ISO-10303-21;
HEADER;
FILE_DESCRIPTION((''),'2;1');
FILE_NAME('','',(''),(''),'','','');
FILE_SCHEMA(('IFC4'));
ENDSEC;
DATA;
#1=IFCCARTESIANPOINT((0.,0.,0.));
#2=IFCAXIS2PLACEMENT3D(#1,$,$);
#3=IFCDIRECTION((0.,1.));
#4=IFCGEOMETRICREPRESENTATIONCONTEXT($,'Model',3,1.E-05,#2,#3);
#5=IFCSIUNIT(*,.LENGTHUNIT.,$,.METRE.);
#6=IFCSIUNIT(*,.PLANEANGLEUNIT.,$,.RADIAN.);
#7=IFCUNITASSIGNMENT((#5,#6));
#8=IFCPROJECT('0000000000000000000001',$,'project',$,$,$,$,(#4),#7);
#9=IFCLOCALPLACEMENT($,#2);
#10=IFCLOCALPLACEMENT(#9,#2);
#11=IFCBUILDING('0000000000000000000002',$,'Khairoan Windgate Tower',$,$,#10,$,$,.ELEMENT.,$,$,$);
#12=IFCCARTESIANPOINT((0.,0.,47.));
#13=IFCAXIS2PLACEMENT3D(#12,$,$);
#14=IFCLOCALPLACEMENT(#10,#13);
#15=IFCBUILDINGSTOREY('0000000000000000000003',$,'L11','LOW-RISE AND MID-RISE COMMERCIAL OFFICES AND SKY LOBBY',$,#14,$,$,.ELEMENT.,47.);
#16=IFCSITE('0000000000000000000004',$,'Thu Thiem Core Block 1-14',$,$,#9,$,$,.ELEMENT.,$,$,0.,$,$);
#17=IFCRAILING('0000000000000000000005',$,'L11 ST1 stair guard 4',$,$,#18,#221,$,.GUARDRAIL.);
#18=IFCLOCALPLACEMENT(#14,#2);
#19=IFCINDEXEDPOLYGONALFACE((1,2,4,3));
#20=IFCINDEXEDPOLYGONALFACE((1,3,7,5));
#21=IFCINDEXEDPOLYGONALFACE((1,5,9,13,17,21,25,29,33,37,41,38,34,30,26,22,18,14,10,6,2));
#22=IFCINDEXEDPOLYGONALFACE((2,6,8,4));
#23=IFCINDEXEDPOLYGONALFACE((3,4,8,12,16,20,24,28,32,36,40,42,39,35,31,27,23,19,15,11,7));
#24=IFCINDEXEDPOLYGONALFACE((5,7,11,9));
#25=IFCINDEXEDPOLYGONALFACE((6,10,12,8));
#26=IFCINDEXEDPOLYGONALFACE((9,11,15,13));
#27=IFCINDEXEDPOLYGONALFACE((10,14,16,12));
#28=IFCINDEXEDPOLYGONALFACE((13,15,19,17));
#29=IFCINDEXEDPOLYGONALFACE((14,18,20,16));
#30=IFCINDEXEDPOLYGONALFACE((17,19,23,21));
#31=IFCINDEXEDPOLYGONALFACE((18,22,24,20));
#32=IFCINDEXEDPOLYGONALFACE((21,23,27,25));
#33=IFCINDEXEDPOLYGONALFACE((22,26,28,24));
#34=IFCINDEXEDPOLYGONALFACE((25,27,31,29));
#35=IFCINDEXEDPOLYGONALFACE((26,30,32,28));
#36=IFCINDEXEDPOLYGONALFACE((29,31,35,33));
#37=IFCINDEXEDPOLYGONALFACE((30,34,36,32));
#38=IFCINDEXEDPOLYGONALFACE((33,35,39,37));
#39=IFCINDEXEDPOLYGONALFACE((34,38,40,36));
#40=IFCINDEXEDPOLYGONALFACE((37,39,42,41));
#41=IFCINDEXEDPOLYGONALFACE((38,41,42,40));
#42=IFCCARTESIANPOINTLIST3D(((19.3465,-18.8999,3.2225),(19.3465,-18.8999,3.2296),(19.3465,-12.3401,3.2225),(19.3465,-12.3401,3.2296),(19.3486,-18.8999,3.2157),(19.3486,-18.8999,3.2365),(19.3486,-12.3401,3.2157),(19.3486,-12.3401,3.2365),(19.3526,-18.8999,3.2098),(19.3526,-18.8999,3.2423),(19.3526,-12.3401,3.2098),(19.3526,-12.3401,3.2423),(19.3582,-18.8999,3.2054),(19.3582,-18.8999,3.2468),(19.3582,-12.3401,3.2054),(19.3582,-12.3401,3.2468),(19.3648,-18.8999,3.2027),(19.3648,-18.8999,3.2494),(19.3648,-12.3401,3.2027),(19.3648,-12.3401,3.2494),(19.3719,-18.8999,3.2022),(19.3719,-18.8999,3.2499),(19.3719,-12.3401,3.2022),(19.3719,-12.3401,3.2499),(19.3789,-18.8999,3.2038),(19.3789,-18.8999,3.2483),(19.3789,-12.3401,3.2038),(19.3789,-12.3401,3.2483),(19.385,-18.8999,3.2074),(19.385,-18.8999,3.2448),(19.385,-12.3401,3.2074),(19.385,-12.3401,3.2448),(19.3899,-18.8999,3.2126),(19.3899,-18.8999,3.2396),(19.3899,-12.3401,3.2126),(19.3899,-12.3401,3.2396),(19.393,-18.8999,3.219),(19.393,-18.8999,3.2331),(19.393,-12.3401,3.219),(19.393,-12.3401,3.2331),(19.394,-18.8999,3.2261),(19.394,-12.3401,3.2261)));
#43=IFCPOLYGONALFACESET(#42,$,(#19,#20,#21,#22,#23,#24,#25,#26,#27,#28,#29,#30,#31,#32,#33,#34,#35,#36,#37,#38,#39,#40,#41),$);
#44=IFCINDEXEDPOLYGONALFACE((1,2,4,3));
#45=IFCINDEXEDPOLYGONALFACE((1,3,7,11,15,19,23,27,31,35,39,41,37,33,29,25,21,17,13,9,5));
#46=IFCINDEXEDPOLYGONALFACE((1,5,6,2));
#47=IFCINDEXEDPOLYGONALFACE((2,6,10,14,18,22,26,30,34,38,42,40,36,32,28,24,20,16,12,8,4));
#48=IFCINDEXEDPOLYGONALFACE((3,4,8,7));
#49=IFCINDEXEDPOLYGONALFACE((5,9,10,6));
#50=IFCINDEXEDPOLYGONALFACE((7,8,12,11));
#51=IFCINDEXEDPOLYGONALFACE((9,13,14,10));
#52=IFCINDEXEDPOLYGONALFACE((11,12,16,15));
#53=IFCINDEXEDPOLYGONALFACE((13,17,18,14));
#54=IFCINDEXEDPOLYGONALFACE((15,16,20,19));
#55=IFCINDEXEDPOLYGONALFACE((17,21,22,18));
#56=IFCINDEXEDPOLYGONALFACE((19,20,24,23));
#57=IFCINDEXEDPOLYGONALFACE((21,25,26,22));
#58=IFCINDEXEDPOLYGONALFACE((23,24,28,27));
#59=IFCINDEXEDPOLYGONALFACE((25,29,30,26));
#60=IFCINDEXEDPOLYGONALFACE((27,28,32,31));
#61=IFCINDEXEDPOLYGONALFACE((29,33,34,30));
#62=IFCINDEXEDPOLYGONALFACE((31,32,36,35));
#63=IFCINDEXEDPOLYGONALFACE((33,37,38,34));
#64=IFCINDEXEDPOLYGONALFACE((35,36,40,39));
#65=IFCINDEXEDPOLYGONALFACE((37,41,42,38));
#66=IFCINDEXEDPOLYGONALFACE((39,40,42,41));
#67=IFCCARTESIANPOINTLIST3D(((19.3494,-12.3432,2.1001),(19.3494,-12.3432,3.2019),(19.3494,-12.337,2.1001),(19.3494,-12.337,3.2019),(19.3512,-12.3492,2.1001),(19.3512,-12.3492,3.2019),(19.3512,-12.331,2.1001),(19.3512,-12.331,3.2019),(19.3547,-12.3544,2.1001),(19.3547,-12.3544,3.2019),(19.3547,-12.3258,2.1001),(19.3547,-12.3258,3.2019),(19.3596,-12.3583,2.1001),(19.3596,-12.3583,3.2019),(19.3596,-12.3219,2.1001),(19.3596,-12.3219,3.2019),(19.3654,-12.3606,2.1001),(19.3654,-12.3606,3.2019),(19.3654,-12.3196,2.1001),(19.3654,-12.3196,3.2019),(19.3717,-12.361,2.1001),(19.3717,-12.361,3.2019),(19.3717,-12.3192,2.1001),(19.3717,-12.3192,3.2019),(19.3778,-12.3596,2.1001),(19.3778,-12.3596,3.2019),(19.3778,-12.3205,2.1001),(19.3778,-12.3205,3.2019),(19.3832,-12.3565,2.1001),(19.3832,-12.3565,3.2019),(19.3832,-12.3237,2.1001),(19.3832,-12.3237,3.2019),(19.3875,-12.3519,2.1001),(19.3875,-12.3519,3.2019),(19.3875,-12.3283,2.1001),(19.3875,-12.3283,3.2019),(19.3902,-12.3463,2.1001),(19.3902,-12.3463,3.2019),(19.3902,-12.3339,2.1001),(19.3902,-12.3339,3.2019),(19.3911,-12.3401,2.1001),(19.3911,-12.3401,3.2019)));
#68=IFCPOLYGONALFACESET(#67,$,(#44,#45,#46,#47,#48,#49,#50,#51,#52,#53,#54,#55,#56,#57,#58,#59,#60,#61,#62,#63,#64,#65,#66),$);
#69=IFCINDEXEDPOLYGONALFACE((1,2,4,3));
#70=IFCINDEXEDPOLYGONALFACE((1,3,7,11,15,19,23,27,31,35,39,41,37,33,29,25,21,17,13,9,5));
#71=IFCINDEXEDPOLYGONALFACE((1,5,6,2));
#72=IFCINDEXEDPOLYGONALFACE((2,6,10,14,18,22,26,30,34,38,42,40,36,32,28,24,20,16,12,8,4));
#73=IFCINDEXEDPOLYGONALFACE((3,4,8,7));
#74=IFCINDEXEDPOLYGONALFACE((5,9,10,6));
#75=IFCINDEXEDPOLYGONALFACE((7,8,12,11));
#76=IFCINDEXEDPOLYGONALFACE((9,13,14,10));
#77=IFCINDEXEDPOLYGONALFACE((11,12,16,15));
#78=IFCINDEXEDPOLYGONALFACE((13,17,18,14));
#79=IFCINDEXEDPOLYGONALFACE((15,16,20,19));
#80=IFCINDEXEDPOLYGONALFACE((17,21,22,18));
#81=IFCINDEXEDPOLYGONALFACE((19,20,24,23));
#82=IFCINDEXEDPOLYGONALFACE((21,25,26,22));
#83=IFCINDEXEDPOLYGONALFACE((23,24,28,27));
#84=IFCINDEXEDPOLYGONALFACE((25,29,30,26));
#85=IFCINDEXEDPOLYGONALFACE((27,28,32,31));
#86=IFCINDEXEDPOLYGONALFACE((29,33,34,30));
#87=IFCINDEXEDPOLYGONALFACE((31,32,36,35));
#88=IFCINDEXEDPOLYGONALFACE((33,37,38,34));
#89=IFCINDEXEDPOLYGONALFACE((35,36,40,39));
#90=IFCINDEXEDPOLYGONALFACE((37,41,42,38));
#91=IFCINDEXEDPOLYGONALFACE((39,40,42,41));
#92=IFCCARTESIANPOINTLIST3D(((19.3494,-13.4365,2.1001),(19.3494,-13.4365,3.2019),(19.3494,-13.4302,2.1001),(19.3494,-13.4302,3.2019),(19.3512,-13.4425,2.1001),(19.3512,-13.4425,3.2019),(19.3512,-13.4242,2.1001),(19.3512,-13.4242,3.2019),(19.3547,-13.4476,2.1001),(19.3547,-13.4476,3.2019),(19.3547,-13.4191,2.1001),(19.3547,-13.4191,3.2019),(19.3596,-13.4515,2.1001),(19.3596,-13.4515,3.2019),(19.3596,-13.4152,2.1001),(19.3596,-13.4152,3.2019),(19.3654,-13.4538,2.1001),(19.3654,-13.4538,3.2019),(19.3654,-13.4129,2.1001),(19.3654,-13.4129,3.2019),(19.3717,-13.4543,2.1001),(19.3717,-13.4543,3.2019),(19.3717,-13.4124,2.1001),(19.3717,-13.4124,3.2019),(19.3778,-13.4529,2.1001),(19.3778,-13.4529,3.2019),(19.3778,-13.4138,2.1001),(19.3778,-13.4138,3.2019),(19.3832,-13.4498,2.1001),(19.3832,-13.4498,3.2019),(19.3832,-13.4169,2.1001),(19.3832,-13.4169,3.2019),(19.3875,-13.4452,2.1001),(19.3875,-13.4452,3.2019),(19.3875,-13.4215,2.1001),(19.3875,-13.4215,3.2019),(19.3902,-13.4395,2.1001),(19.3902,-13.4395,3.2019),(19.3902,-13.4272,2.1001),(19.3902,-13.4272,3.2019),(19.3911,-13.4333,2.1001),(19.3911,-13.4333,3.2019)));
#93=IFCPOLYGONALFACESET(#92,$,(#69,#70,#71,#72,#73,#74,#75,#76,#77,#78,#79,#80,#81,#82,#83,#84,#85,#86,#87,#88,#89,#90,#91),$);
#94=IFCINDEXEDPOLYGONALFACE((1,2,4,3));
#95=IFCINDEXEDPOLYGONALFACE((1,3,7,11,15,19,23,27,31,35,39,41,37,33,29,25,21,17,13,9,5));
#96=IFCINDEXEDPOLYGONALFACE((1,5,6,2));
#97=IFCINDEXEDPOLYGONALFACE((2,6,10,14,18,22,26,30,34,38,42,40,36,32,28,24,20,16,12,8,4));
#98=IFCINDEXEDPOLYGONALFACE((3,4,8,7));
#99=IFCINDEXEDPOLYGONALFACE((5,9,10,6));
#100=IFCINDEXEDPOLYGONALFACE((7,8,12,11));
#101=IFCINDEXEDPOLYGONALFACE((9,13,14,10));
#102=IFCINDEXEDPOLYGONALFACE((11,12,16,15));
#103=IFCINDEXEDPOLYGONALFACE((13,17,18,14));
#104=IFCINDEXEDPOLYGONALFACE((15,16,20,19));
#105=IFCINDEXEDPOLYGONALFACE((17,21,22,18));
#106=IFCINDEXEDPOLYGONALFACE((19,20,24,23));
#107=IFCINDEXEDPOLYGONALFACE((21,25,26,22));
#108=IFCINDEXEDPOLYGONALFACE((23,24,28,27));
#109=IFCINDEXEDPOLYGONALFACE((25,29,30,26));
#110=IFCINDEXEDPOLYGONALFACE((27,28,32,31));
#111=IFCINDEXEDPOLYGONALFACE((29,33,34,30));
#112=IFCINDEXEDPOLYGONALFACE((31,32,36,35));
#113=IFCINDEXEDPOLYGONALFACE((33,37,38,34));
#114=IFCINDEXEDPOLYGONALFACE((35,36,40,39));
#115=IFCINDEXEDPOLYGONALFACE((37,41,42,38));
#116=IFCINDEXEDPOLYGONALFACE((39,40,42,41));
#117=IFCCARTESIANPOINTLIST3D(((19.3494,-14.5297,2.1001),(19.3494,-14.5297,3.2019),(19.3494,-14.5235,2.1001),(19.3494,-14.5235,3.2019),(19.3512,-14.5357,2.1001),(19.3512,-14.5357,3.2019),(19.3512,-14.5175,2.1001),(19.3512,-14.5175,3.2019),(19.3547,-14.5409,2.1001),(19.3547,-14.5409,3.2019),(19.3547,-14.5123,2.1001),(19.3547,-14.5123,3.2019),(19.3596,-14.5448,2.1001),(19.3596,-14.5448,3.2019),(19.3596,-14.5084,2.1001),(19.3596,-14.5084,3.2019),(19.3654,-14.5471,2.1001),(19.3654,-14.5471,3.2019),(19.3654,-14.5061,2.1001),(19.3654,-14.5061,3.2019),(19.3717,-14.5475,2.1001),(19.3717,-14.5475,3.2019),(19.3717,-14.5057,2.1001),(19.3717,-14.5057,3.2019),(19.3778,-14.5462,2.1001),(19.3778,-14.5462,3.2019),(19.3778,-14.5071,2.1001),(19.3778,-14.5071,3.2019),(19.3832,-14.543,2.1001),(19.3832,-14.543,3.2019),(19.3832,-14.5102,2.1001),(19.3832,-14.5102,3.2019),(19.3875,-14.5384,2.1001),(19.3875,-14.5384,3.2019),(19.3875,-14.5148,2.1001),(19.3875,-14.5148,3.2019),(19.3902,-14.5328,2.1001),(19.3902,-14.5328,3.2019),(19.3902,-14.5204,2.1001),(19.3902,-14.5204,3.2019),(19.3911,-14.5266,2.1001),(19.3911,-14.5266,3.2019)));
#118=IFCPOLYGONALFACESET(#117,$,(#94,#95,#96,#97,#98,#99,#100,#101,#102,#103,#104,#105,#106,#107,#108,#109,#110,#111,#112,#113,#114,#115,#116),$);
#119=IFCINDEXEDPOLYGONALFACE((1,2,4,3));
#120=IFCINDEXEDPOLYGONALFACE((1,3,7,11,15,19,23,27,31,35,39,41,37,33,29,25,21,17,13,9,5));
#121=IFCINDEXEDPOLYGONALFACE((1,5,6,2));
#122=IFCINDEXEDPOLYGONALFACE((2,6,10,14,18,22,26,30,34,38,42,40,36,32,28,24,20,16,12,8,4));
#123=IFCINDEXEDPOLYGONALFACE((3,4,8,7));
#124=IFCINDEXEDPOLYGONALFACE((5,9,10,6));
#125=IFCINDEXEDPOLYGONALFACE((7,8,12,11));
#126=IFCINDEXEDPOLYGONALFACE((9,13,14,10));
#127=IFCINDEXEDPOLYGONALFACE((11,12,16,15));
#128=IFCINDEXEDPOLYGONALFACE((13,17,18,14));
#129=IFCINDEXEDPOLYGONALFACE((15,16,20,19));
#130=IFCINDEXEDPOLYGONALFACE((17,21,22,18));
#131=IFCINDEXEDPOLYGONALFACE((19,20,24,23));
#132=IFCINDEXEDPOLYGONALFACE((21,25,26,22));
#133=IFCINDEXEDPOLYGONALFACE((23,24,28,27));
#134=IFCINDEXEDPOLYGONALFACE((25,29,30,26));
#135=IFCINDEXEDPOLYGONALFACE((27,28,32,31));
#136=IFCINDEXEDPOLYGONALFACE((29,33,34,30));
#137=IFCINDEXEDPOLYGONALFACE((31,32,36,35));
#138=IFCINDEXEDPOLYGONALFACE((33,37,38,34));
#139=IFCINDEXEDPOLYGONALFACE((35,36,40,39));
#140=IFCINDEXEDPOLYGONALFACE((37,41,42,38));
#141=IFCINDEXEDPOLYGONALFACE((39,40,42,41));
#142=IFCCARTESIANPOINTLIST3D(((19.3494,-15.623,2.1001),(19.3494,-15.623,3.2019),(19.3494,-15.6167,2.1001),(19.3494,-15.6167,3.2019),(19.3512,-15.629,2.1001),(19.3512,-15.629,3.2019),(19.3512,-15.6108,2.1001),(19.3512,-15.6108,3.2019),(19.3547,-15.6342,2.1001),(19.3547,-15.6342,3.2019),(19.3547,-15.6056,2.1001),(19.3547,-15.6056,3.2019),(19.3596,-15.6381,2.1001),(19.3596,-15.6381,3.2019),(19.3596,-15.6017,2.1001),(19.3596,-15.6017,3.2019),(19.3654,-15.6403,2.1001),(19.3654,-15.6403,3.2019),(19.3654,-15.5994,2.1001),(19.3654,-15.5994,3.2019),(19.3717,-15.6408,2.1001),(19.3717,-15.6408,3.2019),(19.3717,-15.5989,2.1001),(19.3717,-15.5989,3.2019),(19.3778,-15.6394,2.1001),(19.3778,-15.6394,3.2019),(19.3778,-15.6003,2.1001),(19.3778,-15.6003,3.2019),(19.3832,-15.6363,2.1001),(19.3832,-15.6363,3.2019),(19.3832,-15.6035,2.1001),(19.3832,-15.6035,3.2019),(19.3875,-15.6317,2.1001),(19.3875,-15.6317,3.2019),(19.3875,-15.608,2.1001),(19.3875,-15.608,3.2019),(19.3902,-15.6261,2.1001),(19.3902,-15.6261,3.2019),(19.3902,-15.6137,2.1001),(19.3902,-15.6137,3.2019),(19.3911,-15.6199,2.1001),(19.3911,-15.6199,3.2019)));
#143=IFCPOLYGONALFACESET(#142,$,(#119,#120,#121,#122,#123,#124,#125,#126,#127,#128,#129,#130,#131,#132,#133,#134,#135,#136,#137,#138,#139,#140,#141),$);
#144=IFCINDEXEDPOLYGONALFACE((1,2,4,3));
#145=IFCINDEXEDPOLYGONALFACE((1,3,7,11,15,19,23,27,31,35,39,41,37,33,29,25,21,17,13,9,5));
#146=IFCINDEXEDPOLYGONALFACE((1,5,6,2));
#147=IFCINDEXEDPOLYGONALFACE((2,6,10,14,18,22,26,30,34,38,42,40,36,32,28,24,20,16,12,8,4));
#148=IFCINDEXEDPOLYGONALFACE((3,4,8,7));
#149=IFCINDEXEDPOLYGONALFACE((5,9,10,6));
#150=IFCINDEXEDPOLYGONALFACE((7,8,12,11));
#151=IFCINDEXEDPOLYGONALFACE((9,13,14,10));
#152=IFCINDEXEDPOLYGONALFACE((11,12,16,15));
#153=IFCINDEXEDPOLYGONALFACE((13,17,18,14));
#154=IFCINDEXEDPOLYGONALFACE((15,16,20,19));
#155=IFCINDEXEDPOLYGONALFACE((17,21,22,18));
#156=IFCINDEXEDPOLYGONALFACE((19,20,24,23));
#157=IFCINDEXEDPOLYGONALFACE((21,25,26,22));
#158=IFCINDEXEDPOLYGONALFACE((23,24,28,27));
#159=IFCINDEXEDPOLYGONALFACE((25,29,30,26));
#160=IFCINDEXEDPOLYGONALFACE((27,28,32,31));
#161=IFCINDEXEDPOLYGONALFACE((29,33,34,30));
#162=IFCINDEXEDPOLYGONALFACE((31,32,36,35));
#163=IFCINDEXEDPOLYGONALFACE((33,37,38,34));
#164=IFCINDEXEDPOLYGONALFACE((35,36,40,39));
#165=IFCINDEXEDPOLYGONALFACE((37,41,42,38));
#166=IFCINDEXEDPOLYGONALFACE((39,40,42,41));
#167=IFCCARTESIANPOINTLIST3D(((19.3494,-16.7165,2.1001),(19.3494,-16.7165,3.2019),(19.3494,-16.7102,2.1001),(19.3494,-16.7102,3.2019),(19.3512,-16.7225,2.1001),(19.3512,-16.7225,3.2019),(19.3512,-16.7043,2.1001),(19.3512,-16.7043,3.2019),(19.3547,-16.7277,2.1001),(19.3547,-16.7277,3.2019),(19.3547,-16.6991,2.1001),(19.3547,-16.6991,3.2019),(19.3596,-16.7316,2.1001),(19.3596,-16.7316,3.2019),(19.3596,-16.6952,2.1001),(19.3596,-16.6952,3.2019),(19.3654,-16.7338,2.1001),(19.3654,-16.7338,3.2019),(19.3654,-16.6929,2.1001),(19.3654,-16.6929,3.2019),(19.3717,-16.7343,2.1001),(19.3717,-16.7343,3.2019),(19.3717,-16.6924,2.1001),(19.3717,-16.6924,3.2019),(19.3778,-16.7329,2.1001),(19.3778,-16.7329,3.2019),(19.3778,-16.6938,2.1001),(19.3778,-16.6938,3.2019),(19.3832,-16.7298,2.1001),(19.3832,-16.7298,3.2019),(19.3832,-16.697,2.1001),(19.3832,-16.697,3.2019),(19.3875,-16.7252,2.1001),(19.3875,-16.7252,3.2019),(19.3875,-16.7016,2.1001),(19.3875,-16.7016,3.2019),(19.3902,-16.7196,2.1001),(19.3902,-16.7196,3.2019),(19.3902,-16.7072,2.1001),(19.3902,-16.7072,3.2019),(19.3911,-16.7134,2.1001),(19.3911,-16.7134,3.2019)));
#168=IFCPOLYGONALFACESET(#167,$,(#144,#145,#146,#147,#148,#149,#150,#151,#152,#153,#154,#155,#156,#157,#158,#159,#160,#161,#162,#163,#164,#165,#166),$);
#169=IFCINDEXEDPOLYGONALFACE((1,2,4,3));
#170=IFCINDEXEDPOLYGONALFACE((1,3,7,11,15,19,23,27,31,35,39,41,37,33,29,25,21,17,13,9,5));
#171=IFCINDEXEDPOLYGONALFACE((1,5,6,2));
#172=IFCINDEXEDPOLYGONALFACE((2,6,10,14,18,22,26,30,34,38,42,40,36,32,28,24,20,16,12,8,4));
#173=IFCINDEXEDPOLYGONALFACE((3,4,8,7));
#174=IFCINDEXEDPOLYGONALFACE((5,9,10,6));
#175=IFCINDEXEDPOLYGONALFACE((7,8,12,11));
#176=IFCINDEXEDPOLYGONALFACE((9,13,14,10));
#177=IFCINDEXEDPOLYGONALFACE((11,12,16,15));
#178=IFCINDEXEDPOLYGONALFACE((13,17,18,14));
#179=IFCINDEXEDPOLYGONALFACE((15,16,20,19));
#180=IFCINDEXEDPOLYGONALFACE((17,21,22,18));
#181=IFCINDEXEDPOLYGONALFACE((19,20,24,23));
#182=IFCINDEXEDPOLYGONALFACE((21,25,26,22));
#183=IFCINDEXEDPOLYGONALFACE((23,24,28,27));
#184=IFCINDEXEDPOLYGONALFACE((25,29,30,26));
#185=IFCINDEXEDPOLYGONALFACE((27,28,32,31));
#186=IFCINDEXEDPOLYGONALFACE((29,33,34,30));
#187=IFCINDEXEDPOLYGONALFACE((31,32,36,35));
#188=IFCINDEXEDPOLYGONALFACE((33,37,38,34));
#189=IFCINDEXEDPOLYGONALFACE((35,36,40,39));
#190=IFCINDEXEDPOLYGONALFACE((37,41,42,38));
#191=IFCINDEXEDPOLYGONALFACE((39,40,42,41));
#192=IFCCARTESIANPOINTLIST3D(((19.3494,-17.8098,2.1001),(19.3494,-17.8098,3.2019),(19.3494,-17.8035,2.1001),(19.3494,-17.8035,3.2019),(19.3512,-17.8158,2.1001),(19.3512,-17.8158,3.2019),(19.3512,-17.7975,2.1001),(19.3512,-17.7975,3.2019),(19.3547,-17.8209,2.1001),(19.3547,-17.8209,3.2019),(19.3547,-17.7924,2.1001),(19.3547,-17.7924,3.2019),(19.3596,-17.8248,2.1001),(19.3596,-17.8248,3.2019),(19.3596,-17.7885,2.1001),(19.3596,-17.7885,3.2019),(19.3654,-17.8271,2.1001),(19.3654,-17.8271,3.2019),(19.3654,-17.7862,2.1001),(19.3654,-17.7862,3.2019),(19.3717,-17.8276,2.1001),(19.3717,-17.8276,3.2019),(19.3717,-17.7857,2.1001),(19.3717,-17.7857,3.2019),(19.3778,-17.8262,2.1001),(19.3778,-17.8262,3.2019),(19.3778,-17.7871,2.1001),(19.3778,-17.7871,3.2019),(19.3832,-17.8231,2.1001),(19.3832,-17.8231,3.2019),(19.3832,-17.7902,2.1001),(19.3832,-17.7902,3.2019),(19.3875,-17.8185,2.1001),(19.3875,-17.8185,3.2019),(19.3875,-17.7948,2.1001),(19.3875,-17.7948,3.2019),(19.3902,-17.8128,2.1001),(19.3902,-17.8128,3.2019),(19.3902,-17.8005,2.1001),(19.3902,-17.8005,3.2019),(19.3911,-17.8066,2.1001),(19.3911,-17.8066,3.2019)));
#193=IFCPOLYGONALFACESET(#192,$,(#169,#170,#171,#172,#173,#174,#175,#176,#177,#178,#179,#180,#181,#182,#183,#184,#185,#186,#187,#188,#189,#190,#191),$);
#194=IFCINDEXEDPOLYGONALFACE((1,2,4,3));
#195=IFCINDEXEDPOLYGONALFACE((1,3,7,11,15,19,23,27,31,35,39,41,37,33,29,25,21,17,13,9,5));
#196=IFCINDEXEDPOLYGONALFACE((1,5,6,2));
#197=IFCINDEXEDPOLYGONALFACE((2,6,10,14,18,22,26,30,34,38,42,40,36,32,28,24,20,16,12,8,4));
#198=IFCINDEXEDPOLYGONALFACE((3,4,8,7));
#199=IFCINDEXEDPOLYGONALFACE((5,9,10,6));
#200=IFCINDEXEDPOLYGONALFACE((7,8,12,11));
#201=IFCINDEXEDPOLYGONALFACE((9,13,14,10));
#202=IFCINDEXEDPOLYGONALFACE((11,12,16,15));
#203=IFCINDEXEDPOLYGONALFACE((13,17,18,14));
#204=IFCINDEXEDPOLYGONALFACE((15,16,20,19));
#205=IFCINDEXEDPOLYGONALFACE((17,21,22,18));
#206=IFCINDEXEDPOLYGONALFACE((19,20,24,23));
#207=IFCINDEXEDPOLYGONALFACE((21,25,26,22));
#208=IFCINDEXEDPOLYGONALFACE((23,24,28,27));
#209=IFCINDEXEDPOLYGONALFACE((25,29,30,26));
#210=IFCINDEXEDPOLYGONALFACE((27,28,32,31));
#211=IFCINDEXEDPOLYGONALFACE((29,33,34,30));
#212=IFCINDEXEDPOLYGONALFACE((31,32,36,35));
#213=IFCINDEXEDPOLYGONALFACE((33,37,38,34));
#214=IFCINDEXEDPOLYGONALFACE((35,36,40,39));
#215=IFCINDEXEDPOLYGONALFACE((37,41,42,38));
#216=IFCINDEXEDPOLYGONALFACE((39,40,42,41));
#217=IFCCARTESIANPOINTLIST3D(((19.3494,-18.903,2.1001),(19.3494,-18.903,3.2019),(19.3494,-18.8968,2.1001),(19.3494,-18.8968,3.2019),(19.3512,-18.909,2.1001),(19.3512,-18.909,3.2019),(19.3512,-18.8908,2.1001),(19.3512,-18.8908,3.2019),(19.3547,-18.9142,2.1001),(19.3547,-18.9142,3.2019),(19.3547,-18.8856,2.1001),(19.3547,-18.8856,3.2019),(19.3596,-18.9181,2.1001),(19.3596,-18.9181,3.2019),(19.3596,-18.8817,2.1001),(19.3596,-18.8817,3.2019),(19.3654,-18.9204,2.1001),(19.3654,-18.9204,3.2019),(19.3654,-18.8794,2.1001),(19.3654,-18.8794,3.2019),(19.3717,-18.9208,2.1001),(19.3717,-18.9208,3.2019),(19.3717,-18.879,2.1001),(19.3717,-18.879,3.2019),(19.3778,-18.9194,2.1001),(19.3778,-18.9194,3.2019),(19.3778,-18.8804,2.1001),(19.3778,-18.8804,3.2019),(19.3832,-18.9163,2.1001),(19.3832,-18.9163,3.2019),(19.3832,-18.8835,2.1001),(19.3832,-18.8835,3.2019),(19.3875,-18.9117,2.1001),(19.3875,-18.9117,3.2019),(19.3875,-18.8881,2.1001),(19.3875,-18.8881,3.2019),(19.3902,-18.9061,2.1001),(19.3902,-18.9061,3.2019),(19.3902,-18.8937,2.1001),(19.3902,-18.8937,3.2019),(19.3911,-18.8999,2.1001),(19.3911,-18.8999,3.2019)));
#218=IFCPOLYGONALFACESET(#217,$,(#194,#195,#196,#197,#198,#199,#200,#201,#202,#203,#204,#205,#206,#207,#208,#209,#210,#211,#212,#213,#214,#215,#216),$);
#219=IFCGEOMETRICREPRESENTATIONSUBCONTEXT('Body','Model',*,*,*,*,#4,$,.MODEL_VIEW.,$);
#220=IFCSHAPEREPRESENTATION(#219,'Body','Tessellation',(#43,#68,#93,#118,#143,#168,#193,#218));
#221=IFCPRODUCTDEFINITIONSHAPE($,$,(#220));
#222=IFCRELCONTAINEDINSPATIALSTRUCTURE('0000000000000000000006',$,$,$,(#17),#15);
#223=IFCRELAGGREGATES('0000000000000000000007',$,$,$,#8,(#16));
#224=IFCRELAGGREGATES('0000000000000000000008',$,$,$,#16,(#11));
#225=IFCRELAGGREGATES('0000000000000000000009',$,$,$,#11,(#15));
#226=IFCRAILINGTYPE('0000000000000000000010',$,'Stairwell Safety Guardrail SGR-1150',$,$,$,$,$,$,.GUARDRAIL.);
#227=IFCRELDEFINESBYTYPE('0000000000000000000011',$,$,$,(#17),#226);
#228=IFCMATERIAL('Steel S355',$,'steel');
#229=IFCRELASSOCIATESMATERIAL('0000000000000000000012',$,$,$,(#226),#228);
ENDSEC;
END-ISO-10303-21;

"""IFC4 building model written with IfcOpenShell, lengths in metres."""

from ifc_helpers import new_model, si_unit, direction, frame, origin, origin_2d, place, context, subcontext, project, spatial, circle, extrude, material, type_object, element, save


model = new_model("IFC4")

# Units and contexts
model_context = context("Model", 3, precision=1e-05, world=origin(), true_north=direction((0.0, 1.0)))
body_context = subcontext(model_context, "Body", "Model", "MODEL_VIEW")
ifc_project = project(units=[si_unit("LENGTHUNIT", "METRE"), si_unit("PLANEANGLEUNIT", "RADIAN")], contexts=[model_context])

# Site, building, storey
site_placement = place(None, origin())
site = spatial("IfcSite", under=ifc_project, at=site_placement, Name="Thu Thiem Core Block 1-14", CompositionType="ELEMENT", RefElevation=0.0)
building_placement = place(site_placement, origin())
building = spatial("IfcBuilding", under=site, at=building_placement, Name="Khairoan Windgate Tower", CompositionType="ELEMENT")
storey_placement = place(building_placement, frame((0.0, 0.0, 47.0)))
storey = spatial("IfcBuildingStorey", under=building, at=storey_placement, Name="L11", Description="LOW-RISE AND MID-RISE COMMERCIAL OFFICES AND SKY LOBBY", CompositionType="ELEMENT", Elevation=47.0)

# Railing
ifc_material_1 = material(Name="Steel S355", Category="steel")
railing_type_1 = type_object("IfcRailingType", Name="Stairwell Safety Guardrail SGR-1150", PredefinedType="GUARDRAIL", material=ifc_material_1)
railing_1_placement = place(storey_placement, frame((19.3701, -12.3401, 2.1001)))
element("IfcRailing", 1, at=railing_1_placement, inside=storey, type_object=railing_type_1, Name="L11 ST1 stair guard 4", PredefinedType="GUARDRAIL", context=body_context, shape_type="SweptSolid", body=[
    extrude(circle(Radius=0.0239, at=origin_2d()), frame((0.0, 0.0, 1.126), z_axis=(0.0, -1.0, 0.0), x_axis=(1.0, 0.0, 0.0)), (0.0, 0.0, 1.0), 6.5598),
    extrude(circle(Radius=0.021, at=origin_2d()), origin(), (0.0, 0.0, 1.0), 1.1018),
    extrude(circle(Radius=0.021, at=origin_2d()), frame((0.0, -1.0933, 0.0)), (0.0, 0.0, 1.0), 1.1018),
    extrude(circle(Radius=0.021, at=origin_2d()), frame((0.0, -2.1865, 0.0)), (0.0, 0.0, 1.0), 1.1018),
    extrude(circle(Radius=0.021, at=origin_2d()), frame((0.0, -3.2798, 0.0)), (0.0, 0.0, 1.0), 1.1018),
    extrude(circle(Radius=0.021, at=origin_2d()), frame((0.0, -4.3733, 0.0)), (0.0, 0.0, 1.0), 1.1018),
    extrude(circle(Radius=0.021, at=origin_2d()), frame((0.0, -5.4666, 0.0)), (0.0, 0.0, 1.0), 1.1018),
    extrude(circle(Radius=0.021, at=origin_2d()), frame((0.0, -6.5598, 0.0)), (0.0, 0.0, 1.0), 1.1018),
])

save(model, "model.ifc")
